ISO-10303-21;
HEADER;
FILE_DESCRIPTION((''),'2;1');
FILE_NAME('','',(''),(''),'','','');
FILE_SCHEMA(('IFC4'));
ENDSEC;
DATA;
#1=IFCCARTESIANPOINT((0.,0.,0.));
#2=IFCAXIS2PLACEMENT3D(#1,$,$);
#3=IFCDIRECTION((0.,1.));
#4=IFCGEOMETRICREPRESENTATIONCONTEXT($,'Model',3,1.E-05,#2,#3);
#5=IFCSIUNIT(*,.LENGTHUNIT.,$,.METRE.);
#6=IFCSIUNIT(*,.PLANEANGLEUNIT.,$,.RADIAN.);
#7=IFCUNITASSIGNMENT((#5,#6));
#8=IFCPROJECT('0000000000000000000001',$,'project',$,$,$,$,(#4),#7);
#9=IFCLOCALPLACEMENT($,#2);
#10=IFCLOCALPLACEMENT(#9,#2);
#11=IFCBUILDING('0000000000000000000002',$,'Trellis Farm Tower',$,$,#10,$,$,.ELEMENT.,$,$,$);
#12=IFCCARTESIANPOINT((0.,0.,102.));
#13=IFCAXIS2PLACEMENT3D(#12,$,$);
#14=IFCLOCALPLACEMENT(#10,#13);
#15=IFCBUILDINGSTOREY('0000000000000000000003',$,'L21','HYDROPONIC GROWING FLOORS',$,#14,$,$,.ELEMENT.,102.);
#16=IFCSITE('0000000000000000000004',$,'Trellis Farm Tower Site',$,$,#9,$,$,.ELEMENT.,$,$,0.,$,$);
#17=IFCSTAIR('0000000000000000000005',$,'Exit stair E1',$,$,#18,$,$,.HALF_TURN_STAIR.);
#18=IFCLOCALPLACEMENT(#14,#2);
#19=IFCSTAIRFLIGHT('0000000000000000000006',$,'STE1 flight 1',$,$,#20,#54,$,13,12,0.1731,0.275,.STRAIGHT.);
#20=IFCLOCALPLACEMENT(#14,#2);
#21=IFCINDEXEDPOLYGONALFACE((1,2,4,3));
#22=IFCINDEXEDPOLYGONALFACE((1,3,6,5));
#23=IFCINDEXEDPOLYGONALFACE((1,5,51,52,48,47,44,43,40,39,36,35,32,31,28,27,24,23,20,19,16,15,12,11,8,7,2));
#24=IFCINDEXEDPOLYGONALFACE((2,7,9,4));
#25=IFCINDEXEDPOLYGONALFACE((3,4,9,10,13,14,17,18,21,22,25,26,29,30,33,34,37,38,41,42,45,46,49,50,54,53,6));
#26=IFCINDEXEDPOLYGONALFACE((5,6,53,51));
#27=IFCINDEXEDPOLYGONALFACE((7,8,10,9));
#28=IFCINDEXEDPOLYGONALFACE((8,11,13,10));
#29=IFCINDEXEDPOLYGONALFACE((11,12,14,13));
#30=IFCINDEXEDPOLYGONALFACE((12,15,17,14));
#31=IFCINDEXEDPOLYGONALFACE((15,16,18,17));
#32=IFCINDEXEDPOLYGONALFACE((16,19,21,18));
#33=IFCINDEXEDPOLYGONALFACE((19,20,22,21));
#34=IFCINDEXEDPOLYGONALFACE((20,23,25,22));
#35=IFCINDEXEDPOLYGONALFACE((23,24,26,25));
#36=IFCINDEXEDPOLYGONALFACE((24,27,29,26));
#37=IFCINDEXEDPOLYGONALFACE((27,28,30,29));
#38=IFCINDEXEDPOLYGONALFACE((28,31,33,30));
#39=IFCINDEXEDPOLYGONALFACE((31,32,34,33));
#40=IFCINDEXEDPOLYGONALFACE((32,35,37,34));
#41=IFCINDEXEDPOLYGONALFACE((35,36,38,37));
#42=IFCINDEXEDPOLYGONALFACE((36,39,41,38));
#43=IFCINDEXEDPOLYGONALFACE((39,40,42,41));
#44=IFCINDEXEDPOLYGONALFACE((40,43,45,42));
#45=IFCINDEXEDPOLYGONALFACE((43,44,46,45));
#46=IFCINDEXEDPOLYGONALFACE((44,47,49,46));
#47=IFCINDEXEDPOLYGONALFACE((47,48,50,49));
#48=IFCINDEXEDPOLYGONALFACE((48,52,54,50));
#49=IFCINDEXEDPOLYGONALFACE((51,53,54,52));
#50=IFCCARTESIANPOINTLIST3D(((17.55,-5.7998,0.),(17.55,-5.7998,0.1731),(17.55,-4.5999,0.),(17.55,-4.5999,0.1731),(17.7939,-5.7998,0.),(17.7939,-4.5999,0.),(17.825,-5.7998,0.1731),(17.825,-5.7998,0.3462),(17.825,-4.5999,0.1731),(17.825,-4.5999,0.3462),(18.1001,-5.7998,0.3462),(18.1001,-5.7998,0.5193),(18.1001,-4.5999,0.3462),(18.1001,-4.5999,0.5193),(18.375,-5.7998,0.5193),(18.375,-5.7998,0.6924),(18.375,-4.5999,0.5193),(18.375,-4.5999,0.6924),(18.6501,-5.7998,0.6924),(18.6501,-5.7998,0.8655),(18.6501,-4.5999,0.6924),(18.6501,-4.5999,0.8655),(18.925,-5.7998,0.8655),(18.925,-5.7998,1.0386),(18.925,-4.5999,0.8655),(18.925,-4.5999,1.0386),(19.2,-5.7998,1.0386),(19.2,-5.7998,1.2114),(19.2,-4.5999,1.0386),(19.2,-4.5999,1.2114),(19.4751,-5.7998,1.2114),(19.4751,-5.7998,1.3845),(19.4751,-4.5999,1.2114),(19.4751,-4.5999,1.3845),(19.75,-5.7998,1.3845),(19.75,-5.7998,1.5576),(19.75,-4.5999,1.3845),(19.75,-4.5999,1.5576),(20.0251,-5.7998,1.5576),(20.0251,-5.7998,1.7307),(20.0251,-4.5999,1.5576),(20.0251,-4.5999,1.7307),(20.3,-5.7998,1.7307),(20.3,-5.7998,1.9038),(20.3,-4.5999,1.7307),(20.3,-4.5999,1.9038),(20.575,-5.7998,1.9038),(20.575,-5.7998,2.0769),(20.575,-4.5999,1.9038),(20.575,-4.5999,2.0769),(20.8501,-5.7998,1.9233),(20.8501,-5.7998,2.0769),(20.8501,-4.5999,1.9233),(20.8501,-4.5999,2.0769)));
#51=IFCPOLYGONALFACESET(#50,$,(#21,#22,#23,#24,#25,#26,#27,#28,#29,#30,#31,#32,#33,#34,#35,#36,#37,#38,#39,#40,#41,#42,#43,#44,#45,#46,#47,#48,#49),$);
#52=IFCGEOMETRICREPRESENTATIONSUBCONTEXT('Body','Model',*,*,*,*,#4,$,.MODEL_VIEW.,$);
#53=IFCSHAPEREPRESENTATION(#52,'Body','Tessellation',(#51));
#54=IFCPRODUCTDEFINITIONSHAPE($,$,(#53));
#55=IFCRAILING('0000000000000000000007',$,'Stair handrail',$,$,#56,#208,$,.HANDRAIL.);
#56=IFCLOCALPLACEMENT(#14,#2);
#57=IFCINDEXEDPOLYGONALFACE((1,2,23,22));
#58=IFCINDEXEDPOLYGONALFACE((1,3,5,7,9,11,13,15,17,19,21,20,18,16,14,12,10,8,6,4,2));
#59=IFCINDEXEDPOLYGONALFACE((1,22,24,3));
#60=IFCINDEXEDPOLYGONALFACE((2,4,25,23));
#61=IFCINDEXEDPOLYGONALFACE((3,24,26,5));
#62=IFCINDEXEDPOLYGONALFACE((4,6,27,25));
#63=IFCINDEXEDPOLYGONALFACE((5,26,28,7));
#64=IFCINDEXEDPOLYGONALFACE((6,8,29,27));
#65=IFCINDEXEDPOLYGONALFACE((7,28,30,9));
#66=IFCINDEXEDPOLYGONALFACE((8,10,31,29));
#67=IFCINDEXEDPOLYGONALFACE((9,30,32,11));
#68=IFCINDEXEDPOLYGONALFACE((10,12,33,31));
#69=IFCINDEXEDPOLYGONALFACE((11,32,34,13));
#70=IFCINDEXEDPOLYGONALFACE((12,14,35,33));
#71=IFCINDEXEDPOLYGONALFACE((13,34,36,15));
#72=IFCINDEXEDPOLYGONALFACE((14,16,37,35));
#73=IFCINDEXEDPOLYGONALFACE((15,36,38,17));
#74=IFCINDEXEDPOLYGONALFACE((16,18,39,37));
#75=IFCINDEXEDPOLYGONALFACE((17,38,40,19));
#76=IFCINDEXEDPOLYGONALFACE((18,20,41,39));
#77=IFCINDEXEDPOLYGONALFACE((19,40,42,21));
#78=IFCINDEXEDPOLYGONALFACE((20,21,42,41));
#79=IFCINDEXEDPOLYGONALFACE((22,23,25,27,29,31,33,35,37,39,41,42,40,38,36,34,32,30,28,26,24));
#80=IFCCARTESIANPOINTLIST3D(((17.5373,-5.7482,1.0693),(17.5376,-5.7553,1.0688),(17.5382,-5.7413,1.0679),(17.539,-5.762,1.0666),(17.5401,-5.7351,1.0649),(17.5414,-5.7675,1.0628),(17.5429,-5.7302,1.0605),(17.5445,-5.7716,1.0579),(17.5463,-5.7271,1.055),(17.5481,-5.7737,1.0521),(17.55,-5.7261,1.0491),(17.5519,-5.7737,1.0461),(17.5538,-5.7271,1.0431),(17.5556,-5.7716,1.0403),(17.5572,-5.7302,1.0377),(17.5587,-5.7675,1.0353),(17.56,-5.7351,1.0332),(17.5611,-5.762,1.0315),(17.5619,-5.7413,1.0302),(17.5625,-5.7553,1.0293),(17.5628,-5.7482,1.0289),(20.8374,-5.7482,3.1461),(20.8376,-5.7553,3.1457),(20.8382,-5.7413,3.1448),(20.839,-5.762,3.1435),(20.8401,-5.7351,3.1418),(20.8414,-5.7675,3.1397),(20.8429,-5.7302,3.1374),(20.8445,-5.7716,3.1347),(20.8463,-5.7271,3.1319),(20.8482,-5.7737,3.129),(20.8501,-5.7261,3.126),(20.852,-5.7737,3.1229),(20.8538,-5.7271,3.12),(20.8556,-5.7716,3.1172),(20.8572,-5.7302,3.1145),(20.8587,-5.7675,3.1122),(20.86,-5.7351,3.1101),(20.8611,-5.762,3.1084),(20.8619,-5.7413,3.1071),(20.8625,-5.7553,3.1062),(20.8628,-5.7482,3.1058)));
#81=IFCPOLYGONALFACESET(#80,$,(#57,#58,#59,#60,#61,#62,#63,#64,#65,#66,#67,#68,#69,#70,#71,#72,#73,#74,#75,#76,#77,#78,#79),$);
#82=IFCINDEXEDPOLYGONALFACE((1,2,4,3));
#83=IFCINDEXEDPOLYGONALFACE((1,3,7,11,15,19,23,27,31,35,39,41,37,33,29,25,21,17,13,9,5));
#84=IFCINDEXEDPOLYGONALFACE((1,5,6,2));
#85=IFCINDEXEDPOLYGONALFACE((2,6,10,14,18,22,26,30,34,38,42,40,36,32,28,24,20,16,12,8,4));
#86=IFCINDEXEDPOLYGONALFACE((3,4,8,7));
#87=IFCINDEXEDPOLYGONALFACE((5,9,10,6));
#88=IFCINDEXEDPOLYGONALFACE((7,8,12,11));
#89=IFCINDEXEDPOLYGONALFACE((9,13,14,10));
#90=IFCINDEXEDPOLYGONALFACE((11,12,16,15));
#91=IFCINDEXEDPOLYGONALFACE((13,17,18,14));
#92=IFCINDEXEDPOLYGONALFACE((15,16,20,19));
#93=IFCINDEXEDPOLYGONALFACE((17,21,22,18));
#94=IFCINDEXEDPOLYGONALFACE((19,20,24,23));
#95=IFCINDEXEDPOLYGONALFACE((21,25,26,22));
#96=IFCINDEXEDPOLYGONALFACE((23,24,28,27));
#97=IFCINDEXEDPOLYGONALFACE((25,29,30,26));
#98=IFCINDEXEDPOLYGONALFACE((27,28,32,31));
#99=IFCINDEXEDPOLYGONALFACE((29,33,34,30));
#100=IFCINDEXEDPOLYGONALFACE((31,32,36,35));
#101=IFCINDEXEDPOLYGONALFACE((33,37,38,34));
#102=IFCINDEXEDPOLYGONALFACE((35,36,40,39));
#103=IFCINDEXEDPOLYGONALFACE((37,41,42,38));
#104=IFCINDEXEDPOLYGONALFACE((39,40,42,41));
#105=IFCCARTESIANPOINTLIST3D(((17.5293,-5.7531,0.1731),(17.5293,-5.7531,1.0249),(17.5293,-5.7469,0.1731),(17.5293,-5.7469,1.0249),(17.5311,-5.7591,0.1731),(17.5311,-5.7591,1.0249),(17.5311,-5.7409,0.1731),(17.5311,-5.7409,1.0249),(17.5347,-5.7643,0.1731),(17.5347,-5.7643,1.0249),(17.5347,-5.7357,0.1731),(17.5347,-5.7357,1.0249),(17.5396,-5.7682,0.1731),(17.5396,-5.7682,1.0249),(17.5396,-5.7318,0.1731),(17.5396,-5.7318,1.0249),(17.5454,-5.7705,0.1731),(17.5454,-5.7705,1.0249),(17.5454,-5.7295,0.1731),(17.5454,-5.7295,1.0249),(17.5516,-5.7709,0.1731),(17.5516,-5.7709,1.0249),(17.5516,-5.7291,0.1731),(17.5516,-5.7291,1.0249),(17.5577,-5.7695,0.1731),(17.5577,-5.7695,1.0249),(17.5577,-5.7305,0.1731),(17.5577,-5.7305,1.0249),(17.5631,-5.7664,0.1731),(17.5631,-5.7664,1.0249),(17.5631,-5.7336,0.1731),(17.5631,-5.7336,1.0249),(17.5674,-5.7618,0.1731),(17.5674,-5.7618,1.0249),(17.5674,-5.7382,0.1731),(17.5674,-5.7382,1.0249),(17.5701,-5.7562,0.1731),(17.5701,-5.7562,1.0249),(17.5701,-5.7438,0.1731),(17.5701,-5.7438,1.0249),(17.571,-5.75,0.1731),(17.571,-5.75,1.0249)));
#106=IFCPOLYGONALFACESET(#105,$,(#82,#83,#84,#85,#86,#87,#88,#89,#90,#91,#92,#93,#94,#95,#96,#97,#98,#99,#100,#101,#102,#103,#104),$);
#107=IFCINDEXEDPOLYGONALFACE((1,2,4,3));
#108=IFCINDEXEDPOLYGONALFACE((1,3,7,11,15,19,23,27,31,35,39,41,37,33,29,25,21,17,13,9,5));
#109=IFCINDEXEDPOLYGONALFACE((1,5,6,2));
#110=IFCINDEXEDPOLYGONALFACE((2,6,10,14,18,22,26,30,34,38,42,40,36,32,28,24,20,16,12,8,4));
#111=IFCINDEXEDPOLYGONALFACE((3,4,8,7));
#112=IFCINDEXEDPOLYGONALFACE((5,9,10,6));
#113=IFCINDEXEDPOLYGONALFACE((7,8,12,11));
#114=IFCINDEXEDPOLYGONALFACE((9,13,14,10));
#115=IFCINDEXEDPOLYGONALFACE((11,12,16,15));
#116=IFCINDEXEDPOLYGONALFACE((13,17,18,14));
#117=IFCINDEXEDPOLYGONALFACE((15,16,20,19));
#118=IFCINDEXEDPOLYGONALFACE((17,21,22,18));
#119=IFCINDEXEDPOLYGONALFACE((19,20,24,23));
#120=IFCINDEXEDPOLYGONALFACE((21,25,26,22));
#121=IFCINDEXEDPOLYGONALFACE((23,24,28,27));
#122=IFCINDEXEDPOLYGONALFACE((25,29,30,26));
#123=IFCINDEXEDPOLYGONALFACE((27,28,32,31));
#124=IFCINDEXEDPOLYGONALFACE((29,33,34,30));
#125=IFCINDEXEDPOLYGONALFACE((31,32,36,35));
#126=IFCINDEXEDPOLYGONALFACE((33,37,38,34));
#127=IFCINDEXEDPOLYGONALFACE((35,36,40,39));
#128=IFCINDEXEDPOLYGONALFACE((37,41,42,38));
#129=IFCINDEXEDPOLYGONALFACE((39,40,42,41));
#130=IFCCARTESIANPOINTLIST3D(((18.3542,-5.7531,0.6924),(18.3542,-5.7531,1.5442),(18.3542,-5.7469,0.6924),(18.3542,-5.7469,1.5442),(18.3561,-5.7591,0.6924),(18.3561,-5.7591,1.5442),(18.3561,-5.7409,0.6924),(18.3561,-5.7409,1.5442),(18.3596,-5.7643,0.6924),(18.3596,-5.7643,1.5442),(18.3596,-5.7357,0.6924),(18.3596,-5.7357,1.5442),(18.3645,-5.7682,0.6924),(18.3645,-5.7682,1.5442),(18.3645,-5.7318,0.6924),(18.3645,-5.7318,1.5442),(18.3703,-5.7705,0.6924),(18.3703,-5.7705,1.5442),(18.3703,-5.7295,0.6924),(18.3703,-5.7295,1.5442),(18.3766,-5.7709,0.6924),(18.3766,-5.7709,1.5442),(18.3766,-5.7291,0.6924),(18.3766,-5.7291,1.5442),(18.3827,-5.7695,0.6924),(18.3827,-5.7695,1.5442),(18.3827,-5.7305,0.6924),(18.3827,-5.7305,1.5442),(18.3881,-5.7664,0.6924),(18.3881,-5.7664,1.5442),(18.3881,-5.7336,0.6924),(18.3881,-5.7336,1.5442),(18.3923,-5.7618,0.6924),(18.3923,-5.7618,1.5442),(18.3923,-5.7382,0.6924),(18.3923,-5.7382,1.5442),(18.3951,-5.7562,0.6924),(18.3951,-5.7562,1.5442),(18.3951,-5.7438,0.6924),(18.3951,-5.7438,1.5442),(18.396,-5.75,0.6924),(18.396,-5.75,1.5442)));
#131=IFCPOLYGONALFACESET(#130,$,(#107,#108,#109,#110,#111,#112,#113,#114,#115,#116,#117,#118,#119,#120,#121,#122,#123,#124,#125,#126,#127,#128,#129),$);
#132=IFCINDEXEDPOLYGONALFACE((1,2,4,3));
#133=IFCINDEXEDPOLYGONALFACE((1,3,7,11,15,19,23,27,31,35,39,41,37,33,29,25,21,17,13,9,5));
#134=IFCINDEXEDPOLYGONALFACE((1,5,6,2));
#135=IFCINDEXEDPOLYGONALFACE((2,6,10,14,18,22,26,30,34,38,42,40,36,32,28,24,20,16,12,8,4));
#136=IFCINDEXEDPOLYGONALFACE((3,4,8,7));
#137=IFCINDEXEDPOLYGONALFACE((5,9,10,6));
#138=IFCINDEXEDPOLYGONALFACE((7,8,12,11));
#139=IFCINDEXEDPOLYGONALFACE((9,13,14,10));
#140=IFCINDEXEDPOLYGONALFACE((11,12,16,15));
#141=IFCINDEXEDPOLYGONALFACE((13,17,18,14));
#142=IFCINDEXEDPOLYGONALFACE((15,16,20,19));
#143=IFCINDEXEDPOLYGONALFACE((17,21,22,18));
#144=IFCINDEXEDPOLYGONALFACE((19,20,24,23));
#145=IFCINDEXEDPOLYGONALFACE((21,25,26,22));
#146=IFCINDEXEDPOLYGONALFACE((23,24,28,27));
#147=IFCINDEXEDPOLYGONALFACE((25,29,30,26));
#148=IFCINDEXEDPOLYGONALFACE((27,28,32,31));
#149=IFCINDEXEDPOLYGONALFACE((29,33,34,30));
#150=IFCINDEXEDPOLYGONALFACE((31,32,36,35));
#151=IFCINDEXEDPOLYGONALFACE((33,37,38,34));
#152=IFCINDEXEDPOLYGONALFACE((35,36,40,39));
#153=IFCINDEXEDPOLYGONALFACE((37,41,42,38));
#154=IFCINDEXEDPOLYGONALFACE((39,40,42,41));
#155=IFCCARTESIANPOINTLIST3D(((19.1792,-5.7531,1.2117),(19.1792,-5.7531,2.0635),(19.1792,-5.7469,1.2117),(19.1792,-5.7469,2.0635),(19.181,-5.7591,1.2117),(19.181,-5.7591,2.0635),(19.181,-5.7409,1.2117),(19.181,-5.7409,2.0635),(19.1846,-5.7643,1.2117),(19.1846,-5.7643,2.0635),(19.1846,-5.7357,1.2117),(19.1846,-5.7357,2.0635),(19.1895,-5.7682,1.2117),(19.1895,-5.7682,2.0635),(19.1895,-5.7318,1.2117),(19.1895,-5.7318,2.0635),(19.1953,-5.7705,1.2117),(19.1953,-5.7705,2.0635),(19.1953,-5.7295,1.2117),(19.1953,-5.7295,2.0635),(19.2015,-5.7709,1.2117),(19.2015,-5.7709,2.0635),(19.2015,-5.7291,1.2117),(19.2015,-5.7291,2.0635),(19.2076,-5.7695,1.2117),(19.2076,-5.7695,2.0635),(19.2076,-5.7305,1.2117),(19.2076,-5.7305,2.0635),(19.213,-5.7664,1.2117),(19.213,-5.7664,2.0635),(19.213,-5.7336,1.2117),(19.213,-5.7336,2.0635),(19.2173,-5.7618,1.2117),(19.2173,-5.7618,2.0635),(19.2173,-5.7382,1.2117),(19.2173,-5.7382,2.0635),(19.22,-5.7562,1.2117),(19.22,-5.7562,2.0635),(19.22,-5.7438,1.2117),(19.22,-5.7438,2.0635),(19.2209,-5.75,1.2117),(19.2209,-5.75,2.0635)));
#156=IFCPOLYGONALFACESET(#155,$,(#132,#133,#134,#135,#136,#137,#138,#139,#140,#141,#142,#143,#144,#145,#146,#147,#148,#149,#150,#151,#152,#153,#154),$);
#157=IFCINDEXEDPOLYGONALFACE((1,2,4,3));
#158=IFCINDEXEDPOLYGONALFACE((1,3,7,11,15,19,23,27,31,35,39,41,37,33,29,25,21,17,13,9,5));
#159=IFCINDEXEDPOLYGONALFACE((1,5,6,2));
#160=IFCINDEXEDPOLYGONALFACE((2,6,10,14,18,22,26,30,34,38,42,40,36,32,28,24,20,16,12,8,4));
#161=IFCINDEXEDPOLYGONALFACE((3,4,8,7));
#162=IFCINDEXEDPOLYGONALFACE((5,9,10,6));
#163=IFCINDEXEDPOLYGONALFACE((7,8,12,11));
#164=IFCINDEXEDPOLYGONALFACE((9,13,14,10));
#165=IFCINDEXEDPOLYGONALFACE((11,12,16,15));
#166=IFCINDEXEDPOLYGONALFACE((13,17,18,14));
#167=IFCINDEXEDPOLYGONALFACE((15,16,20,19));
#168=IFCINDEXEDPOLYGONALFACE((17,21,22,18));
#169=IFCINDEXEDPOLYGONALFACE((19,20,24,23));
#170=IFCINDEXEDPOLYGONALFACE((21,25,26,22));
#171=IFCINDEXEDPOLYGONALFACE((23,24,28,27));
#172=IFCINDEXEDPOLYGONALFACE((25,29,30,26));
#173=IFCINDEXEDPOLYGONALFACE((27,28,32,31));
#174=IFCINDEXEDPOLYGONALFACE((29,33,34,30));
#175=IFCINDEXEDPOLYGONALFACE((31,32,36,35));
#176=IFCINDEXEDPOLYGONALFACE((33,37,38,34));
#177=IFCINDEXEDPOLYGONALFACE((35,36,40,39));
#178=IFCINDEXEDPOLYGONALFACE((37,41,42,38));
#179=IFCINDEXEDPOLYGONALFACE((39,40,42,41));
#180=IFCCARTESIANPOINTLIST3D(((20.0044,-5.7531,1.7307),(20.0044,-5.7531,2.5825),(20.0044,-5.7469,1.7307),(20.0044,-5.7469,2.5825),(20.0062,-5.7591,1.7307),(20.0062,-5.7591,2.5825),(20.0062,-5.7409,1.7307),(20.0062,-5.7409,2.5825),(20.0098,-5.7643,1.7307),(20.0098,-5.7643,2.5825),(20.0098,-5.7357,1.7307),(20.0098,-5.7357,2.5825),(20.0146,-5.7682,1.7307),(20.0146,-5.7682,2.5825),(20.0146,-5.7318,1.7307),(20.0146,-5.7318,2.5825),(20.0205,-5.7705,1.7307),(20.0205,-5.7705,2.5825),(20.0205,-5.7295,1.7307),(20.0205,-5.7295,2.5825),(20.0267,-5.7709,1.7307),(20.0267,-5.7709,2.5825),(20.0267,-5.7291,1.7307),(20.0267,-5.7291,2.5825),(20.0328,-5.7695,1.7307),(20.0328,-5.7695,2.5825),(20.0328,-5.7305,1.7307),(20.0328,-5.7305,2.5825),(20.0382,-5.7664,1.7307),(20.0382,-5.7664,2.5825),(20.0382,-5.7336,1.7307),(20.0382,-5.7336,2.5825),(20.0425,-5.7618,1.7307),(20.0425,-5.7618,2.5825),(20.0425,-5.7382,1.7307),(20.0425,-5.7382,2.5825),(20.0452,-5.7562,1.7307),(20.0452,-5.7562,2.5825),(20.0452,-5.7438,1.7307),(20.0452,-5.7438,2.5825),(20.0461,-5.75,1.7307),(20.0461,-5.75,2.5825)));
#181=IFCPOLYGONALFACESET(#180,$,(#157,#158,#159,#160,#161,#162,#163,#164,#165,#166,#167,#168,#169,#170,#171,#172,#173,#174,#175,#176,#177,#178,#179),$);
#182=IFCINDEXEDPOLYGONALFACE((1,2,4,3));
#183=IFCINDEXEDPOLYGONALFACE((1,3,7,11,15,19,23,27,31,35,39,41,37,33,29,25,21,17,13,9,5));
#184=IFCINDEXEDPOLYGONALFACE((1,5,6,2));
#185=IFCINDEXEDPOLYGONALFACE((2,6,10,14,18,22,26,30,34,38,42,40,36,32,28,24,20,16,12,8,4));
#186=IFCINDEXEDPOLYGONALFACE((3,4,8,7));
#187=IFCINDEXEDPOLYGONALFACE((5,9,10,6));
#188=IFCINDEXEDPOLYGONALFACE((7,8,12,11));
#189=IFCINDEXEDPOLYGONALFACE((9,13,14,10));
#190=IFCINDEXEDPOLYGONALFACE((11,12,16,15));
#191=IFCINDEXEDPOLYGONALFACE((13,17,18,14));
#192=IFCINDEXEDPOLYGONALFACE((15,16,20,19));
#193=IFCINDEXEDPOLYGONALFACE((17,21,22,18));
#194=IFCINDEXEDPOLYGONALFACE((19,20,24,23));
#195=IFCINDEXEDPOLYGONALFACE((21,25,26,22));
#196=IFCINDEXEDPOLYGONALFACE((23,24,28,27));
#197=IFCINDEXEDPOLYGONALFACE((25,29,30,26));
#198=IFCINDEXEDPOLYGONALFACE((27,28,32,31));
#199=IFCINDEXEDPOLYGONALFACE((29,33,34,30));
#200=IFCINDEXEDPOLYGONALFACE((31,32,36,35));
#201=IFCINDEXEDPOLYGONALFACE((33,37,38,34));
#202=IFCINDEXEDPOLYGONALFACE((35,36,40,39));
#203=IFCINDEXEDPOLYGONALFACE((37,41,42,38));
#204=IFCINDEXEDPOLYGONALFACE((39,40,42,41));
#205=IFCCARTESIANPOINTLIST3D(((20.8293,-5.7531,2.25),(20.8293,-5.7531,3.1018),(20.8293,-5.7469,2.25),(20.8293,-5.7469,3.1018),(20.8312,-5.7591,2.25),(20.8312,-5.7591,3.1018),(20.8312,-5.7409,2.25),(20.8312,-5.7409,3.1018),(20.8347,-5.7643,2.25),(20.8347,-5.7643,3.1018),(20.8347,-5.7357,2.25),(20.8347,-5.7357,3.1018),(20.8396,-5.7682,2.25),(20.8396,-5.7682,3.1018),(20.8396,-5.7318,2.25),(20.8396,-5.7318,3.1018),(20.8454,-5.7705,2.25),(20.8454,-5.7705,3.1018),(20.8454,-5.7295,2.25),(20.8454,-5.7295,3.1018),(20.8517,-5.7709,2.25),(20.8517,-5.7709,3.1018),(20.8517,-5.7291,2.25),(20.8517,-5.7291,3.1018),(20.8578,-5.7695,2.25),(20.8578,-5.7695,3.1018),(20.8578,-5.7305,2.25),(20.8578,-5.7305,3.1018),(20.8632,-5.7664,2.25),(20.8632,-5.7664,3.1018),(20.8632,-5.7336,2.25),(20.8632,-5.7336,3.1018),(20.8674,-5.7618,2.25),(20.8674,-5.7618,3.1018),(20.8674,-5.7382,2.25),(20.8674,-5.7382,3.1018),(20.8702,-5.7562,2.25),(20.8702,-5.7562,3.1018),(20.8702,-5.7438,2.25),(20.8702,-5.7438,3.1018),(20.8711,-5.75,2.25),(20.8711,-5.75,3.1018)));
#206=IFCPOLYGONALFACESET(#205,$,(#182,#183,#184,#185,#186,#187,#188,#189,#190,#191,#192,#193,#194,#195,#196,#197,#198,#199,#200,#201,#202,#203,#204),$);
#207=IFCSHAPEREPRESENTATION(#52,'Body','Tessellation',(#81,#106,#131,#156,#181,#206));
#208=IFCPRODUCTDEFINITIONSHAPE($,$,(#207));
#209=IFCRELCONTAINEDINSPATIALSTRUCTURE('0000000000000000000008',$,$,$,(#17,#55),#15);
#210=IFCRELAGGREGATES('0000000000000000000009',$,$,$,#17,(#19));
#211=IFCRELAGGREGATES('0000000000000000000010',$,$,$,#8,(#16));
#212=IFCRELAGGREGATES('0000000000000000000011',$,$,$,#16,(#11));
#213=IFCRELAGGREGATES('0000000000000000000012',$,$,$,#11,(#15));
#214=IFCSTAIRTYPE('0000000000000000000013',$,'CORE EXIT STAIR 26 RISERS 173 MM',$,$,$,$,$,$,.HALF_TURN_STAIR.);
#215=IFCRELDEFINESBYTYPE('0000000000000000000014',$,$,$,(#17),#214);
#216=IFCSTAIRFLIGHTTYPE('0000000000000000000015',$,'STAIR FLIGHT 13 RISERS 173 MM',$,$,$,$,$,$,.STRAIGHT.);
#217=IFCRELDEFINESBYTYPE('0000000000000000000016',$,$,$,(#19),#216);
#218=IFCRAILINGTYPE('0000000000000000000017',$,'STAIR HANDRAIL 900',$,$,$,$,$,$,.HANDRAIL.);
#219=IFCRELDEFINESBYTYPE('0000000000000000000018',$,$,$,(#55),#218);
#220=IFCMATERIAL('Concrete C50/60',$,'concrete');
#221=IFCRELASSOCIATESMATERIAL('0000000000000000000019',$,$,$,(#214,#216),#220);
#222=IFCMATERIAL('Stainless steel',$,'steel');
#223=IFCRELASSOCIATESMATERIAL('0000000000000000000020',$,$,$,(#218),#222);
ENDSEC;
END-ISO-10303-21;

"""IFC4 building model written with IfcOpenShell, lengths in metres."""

from ifc_helpers import new_model, si_unit, direction, frame, origin, origin_2d, place, context, subcontext, project, spatial, polyline, circle, outline, extrude, source, transform, mapped, material, type_object, element, aggregate, save


model = new_model("IFC4")

# Units and contexts
model_context = context("Model", 3, precision=1e-05, world=origin(), true_north=direction((0.0, 1.0)))
body_context = subcontext(model_context, "Body", "Model", "MODEL_VIEW")
ifc_project = project(units=[si_unit("LENGTHUNIT", "METRE"), si_unit("PLANEANGLEUNIT", "RADIAN")], contexts=[model_context])

# Site, building, storey
site_placement = place(None, origin())
site = spatial("IfcSite", under=ifc_project, at=site_placement, Name="Trellis Farm Tower Site", CompositionType="ELEMENT", RefElevation=0.0)
building_placement = place(site_placement, origin())
building = spatial("IfcBuilding", under=site, at=building_placement, Name="Trellis Farm Tower", CompositionType="ELEMENT")
storey_placement = place(building_placement, frame((0.0, 0.0, 102.0)))
storey = spatial("IfcBuildingStorey", under=building, at=storey_placement, Name="L21", Description="HYDROPONIC GROWING FLOORS", CompositionType="ELEMENT", Elevation=102.0)

# Shared definitions
placement = place(storey_placement, origin())

# Stair, stair flight
ifc_material_1 = material(Name="Concrete C50/60", Category="concrete")
stair_type = type_object("IfcStairType", Name="CORE EXIT STAIR 26 RISERS 173 MM", PredefinedType="HALF_TURN_STAIR", material=ifc_material_1)
stair = element("IfcStair", 1, at=placement, inside=storey, type_object=stair_type, Name="Exit stair E1", PredefinedType="HALF_TURN_STAIR")
stair_flight_type = type_object("IfcStairFlightType", Name="STAIR FLIGHT 13 RISERS 173 MM", PredefinedType="STRAIGHT", material=ifc_material_1)
shared_shape_1 = source(origin(), body_context, "Body", "SweptSolid", [
    extrude(outline(polyline([(0.0, 0.0), (0.0, 0.1731), (0.2749, 0.1731), (0.2749, 0.3462), (0.55, 0.3462), (0.55, 0.5193), (0.825, 0.5193), (0.825, 0.6924), (1.1001, 0.6924), (1.1001, 0.8655), (1.375, 0.8655), (1.375, 1.0386), (1.6499, 1.0386), (1.6499, 1.2114), (1.925, 1.2114), (1.925, 1.3845), (2.2, 1.3845), (2.2, 1.5576), (2.4751, 1.5576), (2.4751, 1.7307), (2.75, 1.7307), (2.75, 1.9038), (3.0249, 1.9038), (3.0249, 2.0769), (3.3, 2.0769), (3.3, 2.25), (3.3, 1.9233), (0.2439, 0.0), (0.0, 0.0)])), frame((0.0, 0.6001, 0.0), z_axis=(0.0, -1.0, 0.0), x_axis=(1.0, 0.0, 0.0)), (0.0, 0.0, 1.0), 1.2),
])
stair_flight_placement = place(storey_placement, frame((17.55, -5.2, 0.0), z_axis=(0.0, 0.0, 1.0), x_axis=(1.0, 0.0, 0.0)))
stair_flight = element("IfcStairFlight", 2, at=stair_flight_placement, type_object=stair_flight_type, Name="STE1 flight 1", NumberOfRisers=13, NumberOfTreads=12, PredefinedType="STRAIGHT", RiserHeight=0.1731, TreadLength=0.275, context=body_context, shape_type="MappedRepresentation", body=[
    mapped(shared_shape_1, transform((0.0, 0.0, 0.0))),
])
aggregate(stair, [stair_flight])

# Railing
ifc_material_2 = material(Name="Stainless steel", Category="steel")
railing_type = type_object("IfcRailingType", Name="STAIR HANDRAIL 900", PredefinedType="HANDRAIL", material=ifc_material_2)
shared_shape_2 = source(origin(), body_context, "Body", "SweptSolid", [
    extrude(circle(Radius=0.0239, at=origin_2d()), frame((0.0, 0.0, 0.876), z_axis=(0.846337, 0.0, 0.532647), x_axis=(0.0, 1.0, 0.0)), (0.0, 0.0, 1.0), 3.8992),
    extrude(circle(Radius=0.021, at=origin_2d()), origin(), (0.0, 0.0, 1.0), 0.8518),
    extrude(circle(Radius=0.021, at=origin_2d()), frame((0.825, 0.0, 0.5193)), (0.0, 0.0, 1.0), 0.8518),
    extrude(circle(Radius=0.021, at=origin_2d()), frame((1.6499, 0.0, 1.0386)), (0.0, 0.0, 1.0), 0.8518),
    extrude(circle(Radius=0.021, at=origin_2d()), frame((2.4751, 0.0, 1.5576)), (0.0, 0.0, 1.0), 0.8518),
    extrude(circle(Radius=0.021, at=origin_2d()), frame((3.3, 0.0, 2.0769)), (0.0, 0.0, 1.0), 0.8518),
])
railing_placement = place(storey_placement, frame((17.55, -5.75, 0.1731)))
element("IfcRailing", 3, at=railing_placement, inside=storey, type_object=railing_type, Name="Stair handrail", PredefinedType="HANDRAIL", context=body_context, shape_type="MappedRepresentation", body=[
    mapped(shared_shape_2, transform((0.0, 0.0, 0.0))),
])

save(model, "model.ifc")
